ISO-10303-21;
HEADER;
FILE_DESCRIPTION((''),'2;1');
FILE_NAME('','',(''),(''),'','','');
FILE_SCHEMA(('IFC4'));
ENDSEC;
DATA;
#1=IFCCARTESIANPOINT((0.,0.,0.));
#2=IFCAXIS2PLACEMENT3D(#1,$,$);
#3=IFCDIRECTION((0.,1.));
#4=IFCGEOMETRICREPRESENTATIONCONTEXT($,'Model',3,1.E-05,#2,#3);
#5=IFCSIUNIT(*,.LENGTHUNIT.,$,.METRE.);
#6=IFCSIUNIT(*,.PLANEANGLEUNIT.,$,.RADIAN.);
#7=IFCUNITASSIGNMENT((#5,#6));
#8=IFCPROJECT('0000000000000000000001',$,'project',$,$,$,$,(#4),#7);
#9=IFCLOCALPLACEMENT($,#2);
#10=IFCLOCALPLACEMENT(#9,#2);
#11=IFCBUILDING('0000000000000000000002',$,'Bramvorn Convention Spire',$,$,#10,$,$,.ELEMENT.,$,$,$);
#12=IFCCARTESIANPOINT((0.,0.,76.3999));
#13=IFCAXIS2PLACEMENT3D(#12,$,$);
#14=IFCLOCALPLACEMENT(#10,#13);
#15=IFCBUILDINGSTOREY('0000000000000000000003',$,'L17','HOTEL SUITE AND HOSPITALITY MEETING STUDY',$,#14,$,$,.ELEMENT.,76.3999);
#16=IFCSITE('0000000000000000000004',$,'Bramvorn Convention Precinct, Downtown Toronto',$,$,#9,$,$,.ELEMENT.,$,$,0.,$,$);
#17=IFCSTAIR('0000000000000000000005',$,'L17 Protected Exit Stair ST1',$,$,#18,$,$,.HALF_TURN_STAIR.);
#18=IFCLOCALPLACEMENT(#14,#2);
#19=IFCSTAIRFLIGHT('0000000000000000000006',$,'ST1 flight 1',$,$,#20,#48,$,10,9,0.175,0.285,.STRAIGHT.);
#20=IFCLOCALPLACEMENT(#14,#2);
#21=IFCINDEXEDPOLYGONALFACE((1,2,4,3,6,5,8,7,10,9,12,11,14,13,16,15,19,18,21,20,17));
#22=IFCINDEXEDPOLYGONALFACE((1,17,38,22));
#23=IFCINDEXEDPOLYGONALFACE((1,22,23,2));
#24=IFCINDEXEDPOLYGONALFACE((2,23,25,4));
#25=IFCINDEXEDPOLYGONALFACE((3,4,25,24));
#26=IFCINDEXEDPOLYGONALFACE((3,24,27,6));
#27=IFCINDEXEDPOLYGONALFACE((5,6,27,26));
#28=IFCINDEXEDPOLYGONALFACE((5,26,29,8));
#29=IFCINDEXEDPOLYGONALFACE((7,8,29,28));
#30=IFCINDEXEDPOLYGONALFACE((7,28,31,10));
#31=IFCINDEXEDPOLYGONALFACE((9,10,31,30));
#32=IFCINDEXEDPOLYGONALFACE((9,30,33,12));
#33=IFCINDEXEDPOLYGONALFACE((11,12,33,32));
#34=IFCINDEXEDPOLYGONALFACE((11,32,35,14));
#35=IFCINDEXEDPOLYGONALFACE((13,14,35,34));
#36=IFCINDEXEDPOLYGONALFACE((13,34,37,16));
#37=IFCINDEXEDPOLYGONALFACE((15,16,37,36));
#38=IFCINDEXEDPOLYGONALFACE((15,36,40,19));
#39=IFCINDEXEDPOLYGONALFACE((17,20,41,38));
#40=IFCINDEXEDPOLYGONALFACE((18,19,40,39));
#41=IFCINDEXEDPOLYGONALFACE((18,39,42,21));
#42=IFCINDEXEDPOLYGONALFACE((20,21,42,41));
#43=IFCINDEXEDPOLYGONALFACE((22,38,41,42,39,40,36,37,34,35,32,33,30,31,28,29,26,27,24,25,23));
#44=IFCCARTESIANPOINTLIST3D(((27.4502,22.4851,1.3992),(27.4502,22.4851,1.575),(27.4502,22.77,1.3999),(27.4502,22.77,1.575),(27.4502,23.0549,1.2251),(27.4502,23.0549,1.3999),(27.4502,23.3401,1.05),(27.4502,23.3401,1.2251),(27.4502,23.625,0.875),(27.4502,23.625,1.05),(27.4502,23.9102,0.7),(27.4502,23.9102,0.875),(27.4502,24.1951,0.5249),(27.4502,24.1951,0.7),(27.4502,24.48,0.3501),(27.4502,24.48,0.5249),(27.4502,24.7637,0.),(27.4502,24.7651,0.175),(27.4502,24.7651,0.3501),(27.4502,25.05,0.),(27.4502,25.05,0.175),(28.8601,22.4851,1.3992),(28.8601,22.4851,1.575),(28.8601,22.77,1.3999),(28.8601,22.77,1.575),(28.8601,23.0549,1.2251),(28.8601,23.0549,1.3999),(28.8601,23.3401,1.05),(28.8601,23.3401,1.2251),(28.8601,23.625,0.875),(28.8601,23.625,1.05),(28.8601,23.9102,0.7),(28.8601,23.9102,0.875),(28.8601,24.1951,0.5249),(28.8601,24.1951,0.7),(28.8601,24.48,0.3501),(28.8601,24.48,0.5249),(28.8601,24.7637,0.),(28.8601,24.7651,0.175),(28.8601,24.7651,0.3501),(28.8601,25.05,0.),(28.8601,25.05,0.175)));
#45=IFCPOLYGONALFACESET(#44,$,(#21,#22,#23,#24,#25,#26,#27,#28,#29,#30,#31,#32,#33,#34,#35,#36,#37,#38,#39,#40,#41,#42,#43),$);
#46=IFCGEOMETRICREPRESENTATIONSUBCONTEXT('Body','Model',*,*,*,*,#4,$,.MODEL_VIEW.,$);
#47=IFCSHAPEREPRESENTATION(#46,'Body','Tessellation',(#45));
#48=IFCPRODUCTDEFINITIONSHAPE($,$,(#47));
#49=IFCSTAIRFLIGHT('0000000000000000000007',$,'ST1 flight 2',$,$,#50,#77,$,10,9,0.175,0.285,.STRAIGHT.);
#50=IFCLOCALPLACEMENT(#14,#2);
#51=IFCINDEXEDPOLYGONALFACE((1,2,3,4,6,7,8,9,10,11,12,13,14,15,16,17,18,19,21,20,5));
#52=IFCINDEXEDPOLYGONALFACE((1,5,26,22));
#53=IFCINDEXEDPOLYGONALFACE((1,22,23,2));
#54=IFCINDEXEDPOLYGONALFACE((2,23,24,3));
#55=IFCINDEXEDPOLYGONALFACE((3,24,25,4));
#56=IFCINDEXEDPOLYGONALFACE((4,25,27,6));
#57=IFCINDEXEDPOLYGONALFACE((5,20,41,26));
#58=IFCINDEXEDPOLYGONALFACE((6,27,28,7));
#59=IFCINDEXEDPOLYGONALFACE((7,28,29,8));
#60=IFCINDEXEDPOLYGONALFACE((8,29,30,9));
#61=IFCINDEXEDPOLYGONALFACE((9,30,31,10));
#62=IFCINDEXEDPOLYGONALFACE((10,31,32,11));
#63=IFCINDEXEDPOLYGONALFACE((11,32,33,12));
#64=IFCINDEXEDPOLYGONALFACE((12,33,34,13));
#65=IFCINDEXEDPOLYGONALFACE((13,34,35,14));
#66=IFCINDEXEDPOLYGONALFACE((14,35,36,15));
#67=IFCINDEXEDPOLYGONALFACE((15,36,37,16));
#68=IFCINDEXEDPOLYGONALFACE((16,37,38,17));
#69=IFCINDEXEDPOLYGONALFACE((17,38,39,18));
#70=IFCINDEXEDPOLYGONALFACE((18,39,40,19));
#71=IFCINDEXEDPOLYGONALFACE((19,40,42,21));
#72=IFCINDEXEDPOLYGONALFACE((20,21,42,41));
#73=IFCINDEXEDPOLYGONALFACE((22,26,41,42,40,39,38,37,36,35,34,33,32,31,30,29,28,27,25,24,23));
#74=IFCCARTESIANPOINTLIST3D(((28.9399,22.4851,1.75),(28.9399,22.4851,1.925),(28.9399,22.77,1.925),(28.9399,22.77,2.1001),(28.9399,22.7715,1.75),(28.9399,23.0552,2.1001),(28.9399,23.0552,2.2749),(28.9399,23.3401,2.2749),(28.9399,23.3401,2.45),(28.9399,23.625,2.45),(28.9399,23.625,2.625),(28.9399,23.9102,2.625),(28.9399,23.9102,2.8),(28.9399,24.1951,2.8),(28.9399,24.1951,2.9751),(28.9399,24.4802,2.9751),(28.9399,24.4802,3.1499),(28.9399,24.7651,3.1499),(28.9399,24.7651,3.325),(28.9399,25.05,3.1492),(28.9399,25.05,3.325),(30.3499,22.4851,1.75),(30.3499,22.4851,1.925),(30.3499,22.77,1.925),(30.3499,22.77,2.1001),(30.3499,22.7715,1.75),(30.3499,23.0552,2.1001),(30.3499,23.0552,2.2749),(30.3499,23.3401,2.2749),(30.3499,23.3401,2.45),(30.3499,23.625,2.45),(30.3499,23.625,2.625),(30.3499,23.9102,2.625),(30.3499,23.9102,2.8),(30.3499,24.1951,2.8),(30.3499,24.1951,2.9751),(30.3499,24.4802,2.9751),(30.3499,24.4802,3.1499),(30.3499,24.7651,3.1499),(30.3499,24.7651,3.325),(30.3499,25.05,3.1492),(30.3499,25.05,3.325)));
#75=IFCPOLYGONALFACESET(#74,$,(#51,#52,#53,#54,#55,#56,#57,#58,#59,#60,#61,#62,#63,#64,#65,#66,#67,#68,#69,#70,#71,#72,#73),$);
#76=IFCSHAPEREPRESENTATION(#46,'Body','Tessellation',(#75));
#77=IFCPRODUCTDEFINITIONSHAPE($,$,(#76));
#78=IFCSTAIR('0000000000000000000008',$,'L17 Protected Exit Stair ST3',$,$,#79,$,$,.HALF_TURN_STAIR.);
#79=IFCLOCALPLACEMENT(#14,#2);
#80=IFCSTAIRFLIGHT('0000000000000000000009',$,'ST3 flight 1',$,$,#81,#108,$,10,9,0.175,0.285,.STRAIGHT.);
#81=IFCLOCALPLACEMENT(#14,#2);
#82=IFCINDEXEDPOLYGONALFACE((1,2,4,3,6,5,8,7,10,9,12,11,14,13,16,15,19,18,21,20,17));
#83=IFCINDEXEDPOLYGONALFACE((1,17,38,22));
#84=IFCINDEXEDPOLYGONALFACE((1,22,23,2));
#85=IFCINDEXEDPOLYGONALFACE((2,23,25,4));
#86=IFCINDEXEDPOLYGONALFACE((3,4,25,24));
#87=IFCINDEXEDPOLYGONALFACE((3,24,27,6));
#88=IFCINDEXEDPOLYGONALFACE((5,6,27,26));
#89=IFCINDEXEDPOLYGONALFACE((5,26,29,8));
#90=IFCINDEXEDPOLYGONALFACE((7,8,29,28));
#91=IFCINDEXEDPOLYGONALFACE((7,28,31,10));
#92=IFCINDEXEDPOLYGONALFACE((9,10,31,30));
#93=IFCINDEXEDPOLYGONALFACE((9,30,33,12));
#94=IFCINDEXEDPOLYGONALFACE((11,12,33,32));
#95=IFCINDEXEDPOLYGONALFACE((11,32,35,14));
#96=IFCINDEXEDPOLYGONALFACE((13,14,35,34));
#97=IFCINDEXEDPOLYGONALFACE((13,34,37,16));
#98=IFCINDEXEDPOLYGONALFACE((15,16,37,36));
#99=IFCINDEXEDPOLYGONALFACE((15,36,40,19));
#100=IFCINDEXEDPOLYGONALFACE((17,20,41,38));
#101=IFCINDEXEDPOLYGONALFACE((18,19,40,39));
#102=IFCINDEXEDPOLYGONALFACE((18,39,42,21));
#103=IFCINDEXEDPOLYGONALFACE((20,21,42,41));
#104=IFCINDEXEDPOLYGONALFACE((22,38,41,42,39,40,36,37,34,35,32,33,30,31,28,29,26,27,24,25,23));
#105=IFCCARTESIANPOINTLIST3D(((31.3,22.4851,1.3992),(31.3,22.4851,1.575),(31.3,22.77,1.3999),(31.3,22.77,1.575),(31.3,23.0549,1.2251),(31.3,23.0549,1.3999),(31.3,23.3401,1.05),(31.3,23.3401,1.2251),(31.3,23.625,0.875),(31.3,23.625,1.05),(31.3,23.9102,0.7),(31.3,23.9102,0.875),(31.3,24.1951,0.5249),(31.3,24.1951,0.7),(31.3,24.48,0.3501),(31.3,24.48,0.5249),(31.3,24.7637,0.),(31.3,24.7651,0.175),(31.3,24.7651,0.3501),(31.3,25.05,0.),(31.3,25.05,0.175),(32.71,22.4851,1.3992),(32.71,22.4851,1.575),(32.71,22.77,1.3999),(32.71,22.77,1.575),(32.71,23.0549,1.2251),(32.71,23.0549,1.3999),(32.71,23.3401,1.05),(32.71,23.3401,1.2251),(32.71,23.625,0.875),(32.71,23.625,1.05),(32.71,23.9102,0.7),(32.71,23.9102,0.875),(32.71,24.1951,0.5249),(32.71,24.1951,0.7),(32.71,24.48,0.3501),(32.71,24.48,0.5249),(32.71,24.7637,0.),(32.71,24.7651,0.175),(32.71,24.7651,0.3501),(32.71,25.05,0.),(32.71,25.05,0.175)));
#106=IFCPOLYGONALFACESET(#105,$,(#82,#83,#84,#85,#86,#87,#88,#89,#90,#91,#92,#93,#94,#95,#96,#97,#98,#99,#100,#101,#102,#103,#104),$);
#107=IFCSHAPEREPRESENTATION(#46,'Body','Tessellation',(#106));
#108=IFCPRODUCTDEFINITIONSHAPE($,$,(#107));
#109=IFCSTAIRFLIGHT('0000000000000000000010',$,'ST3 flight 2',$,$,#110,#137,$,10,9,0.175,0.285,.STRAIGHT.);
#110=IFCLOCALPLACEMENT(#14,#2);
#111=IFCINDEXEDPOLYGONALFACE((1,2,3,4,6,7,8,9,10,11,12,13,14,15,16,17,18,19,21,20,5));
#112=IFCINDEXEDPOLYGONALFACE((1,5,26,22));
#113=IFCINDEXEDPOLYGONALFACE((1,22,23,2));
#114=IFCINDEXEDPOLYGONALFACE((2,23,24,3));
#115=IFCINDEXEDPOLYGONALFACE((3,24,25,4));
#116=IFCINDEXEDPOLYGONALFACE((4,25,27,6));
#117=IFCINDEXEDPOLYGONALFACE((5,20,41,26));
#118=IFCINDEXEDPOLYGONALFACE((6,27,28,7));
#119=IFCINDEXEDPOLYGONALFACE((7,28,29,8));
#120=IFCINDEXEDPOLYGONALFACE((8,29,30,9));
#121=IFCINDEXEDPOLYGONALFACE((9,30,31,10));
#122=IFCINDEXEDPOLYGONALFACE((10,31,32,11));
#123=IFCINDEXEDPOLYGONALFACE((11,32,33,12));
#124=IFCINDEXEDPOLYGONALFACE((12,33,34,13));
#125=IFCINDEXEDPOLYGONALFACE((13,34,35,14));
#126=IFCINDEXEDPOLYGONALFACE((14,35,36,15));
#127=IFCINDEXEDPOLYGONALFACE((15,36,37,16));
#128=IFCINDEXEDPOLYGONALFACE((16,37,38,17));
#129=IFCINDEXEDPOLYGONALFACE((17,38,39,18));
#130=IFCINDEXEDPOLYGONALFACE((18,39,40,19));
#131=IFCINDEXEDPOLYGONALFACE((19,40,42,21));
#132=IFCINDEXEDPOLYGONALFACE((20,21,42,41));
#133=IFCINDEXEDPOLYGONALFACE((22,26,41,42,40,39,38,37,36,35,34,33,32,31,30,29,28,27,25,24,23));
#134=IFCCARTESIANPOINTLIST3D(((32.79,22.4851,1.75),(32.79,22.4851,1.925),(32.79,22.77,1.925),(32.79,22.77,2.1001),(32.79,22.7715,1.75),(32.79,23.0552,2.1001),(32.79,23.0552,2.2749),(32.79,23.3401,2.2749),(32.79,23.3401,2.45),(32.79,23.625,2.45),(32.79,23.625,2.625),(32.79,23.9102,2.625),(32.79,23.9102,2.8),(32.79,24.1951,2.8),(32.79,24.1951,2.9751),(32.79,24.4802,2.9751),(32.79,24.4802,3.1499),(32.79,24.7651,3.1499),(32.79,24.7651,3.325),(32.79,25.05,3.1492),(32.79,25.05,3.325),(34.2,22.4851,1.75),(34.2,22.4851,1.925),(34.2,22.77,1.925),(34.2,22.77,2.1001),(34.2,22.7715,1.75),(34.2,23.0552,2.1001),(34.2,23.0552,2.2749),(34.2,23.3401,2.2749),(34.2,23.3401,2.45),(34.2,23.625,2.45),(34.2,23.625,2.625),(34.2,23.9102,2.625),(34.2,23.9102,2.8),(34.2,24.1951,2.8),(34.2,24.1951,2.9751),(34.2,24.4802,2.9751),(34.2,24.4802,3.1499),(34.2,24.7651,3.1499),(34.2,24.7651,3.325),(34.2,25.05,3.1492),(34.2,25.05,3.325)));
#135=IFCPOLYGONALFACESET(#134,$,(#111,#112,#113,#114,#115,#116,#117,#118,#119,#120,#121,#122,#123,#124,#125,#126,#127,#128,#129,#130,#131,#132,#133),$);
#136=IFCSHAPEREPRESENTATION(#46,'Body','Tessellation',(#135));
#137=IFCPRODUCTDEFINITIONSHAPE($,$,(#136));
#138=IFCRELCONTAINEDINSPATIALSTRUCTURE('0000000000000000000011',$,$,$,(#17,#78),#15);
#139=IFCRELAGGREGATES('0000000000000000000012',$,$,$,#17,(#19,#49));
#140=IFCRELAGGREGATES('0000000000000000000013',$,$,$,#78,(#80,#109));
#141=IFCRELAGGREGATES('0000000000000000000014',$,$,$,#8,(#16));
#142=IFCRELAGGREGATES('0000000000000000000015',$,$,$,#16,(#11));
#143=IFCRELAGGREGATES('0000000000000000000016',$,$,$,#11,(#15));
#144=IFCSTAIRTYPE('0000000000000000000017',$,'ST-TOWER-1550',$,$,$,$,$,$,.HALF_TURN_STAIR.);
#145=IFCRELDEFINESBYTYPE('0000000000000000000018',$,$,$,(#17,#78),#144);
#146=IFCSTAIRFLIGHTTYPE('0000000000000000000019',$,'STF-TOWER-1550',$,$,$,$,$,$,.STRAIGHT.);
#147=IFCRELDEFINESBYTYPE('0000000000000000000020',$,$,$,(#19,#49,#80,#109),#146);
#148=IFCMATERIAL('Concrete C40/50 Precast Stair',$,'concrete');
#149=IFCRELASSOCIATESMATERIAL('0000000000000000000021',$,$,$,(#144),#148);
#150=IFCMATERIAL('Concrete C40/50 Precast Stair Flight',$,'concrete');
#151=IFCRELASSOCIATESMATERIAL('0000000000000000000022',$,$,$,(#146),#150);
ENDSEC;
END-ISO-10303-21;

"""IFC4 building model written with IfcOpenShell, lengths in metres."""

from ifc_helpers import new_model, si_unit, direction, frame, origin, place, context, subcontext, project, spatial, polyline, outline, extrude, material, type_object, element, aggregate, save


model = new_model("IFC4")

# Units and contexts
model_context = context("Model", 3, precision=1e-05, world=origin(), true_north=direction((0.0, 1.0)))
body_context = subcontext(model_context, "Body", "Model", "MODEL_VIEW")
ifc_project = project(units=[si_unit("LENGTHUNIT", "METRE"), si_unit("PLANEANGLEUNIT", "RADIAN")], contexts=[model_context])

# Site, building, storey
site_placement = place(None, origin())
site = spatial("IfcSite", under=ifc_project, at=site_placement, Name="Bramvorn Convention Precinct, Downtown Toronto", CompositionType="ELEMENT", RefElevation=0.0)
building_placement = place(site_placement, origin())
building = spatial("IfcBuilding", under=site, at=building_placement, Name="Bramvorn Convention Spire", CompositionType="ELEMENT")
storey_placement = place(building_placement, frame((0.0, 0.0, 76.3999)))
storey = spatial("IfcBuildingStorey", under=building, at=storey_placement, Name="L17", Description="HOTEL SUITE AND HOSPITALITY MEETING STUDY", CompositionType="ELEMENT", Elevation=76.3999)

# Stairs, stair flights
ifc_material_1 = material(Name="Concrete C40/50 Precast Stair", Category="concrete")
stair_type = type_object("IfcStairType", Name="ST-TOWER-1550", PredefinedType="HALF_TURN_STAIR", material=ifc_material_1)
stair_1_placement = place(storey_placement, origin())
stair_1 = element("IfcStair", 1, at=stair_1_placement, inside=storey, type_object=stair_type, Name="L17 Protected Exit Stair ST1", PredefinedType="HALF_TURN_STAIR")
ifc_material_2 = material(Name="Concrete C40/50 Precast Stair Flight", Category="concrete")
stair_flight_type = type_object("IfcStairFlightType", Name="STF-TOWER-1550", PredefinedType="STRAIGHT", material=ifc_material_2)
stair_flight_1_placement = place(storey_placement, frame((28.155, 25.05, 0.0), z_axis=(0.0, 0.0, 1.0), x_axis=(0.0, -1.0, 0.0)))
stair_flight_1 = element("IfcStairFlight", 2, at=stair_flight_1_placement, type_object=stair_flight_type, Name="ST1 flight 1", NumberOfRisers=10, NumberOfTreads=9, PredefinedType="STRAIGHT", RiserHeight=0.175, TreadLength=0.285, context=body_context, shape_type="SweptSolid", body=[
    extrude(outline(polyline([(0.0, 0.0), (0.0, 0.175), (0.2849, 0.175), (0.2849, 0.3501), (0.5701, 0.3501), (0.5701, 0.5249), (0.855, 0.5249), (0.855, 0.7), (1.1399, 0.7), (1.1399, 0.875), (1.425, 0.875), (1.425, 1.05), (1.71, 1.05), (1.71, 1.2251), (1.9951, 1.2251), (1.9951, 1.3999), (2.28, 1.3999), (2.28, 1.575), (2.5649, 1.575), (2.5649, 1.75), (2.5649, 1.3992), (0.2864, 0.0), (0.0, 0.0)])), frame((0.0, 0.7051, 0.0), z_axis=(0.0, -1.0, 0.0), x_axis=(1.0, 0.0, 0.0)), (0.0, 0.0, 1.0), 1.4099),
])
stair_flight_2_placement = place(storey_placement, frame((29.645, 22.4851, 1.75), z_axis=(0.0, 0.0, 1.0), x_axis=(0.0, 1.0, 0.0)))
stair_flight_2 = element("IfcStairFlight", 3, at=stair_flight_2_placement, type_object=stair_flight_type, Name="ST1 flight 2", NumberOfRisers=10, NumberOfTreads=9, PredefinedType="STRAIGHT", RiserHeight=0.175, TreadLength=0.285, context=body_context, shape_type="SweptSolid", body=[
    extrude(outline(polyline([(0.0, 0.0), (0.0, 0.175), (0.2849, 0.175), (0.2849, 0.3501), (0.5701, 0.3501), (0.5701, 0.5249), (0.855, 0.5249), (0.855, 0.7), (1.1399, 0.7), (1.1399, 0.875), (1.425, 0.875), (1.425, 1.05), (1.71, 1.05), (1.71, 1.2251), (1.9951, 1.2251), (1.9951, 1.3999), (2.28, 1.3999), (2.28, 1.575), (2.5649, 1.575), (2.5649, 1.75), (2.5649, 1.3992), (0.2864, 0.0), (0.0, 0.0)])), frame((0.0, 0.7051, 0.0), z_axis=(0.0, -1.0, 0.0), x_axis=(1.0, 0.0, 0.0)), (0.0, 0.0, 1.0), 1.4099),
])
aggregate(stair_1, [stair_flight_1, stair_flight_2])
stair_2_placement = place(storey_placement, origin())
stair_2 = element("IfcStair", 4, at=stair_2_placement, inside=storey, type_object=stair_type, Name="L17 Protected Exit Stair ST3", PredefinedType="HALF_TURN_STAIR")
stair_flight_3_placement = place(storey_placement, frame((32.0049, 25.05, 0.0), z_axis=(0.0, 0.0, 1.0), x_axis=(0.0, -1.0, 0.0)))
stair_flight_3 = element("IfcStairFlight", 5, at=stair_flight_3_placement, type_object=stair_flight_type, Name="ST3 flight 1", NumberOfRisers=10, NumberOfTreads=9, PredefinedType="STRAIGHT", RiserHeight=0.175, TreadLength=0.285, context=body_context, shape_type="SweptSolid", body=[
    extrude(outline(polyline([(0.0, 0.0), (0.0, 0.175), (0.2849, 0.175), (0.2849, 0.3501), (0.5701, 0.3501), (0.5701, 0.5249), (0.855, 0.5249), (0.855, 0.7), (1.1399, 0.7), (1.1399, 0.875), (1.425, 0.875), (1.425, 1.05), (1.71, 1.05), (1.71, 1.2251), (1.9951, 1.2251), (1.9951, 1.3999), (2.28, 1.3999), (2.28, 1.575), (2.5649, 1.575), (2.5649, 1.75), (2.5649, 1.3992), (0.2864, 0.0), (0.0, 0.0)])), frame((0.0, 0.7051, 0.0), z_axis=(0.0, -1.0, 0.0), x_axis=(1.0, 0.0, 0.0)), (0.0, 0.0, 1.0), 1.4099),
])
stair_flight_4_placement = place(storey_placement, frame((33.4951, 22.4851, 1.75), z_axis=(0.0, 0.0, 1.0), x_axis=(0.0, 1.0, 0.0)))
stair_flight_4 = element("IfcStairFlight", 6, at=stair_flight_4_placement, type_object=stair_flight_type, Name="ST3 flight 2", NumberOfRisers=10, NumberOfTreads=9, PredefinedType="STRAIGHT", RiserHeight=0.175, TreadLength=0.285, context=body_context, shape_type="SweptSolid", body=[
    extrude(outline(polyline([(0.0, 0.0), (0.0, 0.175), (0.2849, 0.175), (0.2849, 0.3501), (0.5701, 0.3501), (0.5701, 0.5249), (0.855, 0.5249), (0.855, 0.7), (1.1399, 0.7), (1.1399, 0.875), (1.425, 0.875), (1.425, 1.05), (1.71, 1.05), (1.71, 1.2251), (1.9951, 1.2251), (1.9951, 1.3999), (2.28, 1.3999), (2.28, 1.575), (2.5649, 1.575), (2.5649, 1.75), (2.5649, 1.3992), (0.2864, 0.0), (0.0, 0.0)])), frame((0.0, 0.7051, 0.0), z_axis=(0.0, -1.0, 0.0), x_axis=(1.0, 0.0, 0.0)), (0.0, 0.0, 1.0), 1.4099),
])
aggregate(stair_2, [stair_flight_3, stair_flight_4])

save(model, "model.ifc")
